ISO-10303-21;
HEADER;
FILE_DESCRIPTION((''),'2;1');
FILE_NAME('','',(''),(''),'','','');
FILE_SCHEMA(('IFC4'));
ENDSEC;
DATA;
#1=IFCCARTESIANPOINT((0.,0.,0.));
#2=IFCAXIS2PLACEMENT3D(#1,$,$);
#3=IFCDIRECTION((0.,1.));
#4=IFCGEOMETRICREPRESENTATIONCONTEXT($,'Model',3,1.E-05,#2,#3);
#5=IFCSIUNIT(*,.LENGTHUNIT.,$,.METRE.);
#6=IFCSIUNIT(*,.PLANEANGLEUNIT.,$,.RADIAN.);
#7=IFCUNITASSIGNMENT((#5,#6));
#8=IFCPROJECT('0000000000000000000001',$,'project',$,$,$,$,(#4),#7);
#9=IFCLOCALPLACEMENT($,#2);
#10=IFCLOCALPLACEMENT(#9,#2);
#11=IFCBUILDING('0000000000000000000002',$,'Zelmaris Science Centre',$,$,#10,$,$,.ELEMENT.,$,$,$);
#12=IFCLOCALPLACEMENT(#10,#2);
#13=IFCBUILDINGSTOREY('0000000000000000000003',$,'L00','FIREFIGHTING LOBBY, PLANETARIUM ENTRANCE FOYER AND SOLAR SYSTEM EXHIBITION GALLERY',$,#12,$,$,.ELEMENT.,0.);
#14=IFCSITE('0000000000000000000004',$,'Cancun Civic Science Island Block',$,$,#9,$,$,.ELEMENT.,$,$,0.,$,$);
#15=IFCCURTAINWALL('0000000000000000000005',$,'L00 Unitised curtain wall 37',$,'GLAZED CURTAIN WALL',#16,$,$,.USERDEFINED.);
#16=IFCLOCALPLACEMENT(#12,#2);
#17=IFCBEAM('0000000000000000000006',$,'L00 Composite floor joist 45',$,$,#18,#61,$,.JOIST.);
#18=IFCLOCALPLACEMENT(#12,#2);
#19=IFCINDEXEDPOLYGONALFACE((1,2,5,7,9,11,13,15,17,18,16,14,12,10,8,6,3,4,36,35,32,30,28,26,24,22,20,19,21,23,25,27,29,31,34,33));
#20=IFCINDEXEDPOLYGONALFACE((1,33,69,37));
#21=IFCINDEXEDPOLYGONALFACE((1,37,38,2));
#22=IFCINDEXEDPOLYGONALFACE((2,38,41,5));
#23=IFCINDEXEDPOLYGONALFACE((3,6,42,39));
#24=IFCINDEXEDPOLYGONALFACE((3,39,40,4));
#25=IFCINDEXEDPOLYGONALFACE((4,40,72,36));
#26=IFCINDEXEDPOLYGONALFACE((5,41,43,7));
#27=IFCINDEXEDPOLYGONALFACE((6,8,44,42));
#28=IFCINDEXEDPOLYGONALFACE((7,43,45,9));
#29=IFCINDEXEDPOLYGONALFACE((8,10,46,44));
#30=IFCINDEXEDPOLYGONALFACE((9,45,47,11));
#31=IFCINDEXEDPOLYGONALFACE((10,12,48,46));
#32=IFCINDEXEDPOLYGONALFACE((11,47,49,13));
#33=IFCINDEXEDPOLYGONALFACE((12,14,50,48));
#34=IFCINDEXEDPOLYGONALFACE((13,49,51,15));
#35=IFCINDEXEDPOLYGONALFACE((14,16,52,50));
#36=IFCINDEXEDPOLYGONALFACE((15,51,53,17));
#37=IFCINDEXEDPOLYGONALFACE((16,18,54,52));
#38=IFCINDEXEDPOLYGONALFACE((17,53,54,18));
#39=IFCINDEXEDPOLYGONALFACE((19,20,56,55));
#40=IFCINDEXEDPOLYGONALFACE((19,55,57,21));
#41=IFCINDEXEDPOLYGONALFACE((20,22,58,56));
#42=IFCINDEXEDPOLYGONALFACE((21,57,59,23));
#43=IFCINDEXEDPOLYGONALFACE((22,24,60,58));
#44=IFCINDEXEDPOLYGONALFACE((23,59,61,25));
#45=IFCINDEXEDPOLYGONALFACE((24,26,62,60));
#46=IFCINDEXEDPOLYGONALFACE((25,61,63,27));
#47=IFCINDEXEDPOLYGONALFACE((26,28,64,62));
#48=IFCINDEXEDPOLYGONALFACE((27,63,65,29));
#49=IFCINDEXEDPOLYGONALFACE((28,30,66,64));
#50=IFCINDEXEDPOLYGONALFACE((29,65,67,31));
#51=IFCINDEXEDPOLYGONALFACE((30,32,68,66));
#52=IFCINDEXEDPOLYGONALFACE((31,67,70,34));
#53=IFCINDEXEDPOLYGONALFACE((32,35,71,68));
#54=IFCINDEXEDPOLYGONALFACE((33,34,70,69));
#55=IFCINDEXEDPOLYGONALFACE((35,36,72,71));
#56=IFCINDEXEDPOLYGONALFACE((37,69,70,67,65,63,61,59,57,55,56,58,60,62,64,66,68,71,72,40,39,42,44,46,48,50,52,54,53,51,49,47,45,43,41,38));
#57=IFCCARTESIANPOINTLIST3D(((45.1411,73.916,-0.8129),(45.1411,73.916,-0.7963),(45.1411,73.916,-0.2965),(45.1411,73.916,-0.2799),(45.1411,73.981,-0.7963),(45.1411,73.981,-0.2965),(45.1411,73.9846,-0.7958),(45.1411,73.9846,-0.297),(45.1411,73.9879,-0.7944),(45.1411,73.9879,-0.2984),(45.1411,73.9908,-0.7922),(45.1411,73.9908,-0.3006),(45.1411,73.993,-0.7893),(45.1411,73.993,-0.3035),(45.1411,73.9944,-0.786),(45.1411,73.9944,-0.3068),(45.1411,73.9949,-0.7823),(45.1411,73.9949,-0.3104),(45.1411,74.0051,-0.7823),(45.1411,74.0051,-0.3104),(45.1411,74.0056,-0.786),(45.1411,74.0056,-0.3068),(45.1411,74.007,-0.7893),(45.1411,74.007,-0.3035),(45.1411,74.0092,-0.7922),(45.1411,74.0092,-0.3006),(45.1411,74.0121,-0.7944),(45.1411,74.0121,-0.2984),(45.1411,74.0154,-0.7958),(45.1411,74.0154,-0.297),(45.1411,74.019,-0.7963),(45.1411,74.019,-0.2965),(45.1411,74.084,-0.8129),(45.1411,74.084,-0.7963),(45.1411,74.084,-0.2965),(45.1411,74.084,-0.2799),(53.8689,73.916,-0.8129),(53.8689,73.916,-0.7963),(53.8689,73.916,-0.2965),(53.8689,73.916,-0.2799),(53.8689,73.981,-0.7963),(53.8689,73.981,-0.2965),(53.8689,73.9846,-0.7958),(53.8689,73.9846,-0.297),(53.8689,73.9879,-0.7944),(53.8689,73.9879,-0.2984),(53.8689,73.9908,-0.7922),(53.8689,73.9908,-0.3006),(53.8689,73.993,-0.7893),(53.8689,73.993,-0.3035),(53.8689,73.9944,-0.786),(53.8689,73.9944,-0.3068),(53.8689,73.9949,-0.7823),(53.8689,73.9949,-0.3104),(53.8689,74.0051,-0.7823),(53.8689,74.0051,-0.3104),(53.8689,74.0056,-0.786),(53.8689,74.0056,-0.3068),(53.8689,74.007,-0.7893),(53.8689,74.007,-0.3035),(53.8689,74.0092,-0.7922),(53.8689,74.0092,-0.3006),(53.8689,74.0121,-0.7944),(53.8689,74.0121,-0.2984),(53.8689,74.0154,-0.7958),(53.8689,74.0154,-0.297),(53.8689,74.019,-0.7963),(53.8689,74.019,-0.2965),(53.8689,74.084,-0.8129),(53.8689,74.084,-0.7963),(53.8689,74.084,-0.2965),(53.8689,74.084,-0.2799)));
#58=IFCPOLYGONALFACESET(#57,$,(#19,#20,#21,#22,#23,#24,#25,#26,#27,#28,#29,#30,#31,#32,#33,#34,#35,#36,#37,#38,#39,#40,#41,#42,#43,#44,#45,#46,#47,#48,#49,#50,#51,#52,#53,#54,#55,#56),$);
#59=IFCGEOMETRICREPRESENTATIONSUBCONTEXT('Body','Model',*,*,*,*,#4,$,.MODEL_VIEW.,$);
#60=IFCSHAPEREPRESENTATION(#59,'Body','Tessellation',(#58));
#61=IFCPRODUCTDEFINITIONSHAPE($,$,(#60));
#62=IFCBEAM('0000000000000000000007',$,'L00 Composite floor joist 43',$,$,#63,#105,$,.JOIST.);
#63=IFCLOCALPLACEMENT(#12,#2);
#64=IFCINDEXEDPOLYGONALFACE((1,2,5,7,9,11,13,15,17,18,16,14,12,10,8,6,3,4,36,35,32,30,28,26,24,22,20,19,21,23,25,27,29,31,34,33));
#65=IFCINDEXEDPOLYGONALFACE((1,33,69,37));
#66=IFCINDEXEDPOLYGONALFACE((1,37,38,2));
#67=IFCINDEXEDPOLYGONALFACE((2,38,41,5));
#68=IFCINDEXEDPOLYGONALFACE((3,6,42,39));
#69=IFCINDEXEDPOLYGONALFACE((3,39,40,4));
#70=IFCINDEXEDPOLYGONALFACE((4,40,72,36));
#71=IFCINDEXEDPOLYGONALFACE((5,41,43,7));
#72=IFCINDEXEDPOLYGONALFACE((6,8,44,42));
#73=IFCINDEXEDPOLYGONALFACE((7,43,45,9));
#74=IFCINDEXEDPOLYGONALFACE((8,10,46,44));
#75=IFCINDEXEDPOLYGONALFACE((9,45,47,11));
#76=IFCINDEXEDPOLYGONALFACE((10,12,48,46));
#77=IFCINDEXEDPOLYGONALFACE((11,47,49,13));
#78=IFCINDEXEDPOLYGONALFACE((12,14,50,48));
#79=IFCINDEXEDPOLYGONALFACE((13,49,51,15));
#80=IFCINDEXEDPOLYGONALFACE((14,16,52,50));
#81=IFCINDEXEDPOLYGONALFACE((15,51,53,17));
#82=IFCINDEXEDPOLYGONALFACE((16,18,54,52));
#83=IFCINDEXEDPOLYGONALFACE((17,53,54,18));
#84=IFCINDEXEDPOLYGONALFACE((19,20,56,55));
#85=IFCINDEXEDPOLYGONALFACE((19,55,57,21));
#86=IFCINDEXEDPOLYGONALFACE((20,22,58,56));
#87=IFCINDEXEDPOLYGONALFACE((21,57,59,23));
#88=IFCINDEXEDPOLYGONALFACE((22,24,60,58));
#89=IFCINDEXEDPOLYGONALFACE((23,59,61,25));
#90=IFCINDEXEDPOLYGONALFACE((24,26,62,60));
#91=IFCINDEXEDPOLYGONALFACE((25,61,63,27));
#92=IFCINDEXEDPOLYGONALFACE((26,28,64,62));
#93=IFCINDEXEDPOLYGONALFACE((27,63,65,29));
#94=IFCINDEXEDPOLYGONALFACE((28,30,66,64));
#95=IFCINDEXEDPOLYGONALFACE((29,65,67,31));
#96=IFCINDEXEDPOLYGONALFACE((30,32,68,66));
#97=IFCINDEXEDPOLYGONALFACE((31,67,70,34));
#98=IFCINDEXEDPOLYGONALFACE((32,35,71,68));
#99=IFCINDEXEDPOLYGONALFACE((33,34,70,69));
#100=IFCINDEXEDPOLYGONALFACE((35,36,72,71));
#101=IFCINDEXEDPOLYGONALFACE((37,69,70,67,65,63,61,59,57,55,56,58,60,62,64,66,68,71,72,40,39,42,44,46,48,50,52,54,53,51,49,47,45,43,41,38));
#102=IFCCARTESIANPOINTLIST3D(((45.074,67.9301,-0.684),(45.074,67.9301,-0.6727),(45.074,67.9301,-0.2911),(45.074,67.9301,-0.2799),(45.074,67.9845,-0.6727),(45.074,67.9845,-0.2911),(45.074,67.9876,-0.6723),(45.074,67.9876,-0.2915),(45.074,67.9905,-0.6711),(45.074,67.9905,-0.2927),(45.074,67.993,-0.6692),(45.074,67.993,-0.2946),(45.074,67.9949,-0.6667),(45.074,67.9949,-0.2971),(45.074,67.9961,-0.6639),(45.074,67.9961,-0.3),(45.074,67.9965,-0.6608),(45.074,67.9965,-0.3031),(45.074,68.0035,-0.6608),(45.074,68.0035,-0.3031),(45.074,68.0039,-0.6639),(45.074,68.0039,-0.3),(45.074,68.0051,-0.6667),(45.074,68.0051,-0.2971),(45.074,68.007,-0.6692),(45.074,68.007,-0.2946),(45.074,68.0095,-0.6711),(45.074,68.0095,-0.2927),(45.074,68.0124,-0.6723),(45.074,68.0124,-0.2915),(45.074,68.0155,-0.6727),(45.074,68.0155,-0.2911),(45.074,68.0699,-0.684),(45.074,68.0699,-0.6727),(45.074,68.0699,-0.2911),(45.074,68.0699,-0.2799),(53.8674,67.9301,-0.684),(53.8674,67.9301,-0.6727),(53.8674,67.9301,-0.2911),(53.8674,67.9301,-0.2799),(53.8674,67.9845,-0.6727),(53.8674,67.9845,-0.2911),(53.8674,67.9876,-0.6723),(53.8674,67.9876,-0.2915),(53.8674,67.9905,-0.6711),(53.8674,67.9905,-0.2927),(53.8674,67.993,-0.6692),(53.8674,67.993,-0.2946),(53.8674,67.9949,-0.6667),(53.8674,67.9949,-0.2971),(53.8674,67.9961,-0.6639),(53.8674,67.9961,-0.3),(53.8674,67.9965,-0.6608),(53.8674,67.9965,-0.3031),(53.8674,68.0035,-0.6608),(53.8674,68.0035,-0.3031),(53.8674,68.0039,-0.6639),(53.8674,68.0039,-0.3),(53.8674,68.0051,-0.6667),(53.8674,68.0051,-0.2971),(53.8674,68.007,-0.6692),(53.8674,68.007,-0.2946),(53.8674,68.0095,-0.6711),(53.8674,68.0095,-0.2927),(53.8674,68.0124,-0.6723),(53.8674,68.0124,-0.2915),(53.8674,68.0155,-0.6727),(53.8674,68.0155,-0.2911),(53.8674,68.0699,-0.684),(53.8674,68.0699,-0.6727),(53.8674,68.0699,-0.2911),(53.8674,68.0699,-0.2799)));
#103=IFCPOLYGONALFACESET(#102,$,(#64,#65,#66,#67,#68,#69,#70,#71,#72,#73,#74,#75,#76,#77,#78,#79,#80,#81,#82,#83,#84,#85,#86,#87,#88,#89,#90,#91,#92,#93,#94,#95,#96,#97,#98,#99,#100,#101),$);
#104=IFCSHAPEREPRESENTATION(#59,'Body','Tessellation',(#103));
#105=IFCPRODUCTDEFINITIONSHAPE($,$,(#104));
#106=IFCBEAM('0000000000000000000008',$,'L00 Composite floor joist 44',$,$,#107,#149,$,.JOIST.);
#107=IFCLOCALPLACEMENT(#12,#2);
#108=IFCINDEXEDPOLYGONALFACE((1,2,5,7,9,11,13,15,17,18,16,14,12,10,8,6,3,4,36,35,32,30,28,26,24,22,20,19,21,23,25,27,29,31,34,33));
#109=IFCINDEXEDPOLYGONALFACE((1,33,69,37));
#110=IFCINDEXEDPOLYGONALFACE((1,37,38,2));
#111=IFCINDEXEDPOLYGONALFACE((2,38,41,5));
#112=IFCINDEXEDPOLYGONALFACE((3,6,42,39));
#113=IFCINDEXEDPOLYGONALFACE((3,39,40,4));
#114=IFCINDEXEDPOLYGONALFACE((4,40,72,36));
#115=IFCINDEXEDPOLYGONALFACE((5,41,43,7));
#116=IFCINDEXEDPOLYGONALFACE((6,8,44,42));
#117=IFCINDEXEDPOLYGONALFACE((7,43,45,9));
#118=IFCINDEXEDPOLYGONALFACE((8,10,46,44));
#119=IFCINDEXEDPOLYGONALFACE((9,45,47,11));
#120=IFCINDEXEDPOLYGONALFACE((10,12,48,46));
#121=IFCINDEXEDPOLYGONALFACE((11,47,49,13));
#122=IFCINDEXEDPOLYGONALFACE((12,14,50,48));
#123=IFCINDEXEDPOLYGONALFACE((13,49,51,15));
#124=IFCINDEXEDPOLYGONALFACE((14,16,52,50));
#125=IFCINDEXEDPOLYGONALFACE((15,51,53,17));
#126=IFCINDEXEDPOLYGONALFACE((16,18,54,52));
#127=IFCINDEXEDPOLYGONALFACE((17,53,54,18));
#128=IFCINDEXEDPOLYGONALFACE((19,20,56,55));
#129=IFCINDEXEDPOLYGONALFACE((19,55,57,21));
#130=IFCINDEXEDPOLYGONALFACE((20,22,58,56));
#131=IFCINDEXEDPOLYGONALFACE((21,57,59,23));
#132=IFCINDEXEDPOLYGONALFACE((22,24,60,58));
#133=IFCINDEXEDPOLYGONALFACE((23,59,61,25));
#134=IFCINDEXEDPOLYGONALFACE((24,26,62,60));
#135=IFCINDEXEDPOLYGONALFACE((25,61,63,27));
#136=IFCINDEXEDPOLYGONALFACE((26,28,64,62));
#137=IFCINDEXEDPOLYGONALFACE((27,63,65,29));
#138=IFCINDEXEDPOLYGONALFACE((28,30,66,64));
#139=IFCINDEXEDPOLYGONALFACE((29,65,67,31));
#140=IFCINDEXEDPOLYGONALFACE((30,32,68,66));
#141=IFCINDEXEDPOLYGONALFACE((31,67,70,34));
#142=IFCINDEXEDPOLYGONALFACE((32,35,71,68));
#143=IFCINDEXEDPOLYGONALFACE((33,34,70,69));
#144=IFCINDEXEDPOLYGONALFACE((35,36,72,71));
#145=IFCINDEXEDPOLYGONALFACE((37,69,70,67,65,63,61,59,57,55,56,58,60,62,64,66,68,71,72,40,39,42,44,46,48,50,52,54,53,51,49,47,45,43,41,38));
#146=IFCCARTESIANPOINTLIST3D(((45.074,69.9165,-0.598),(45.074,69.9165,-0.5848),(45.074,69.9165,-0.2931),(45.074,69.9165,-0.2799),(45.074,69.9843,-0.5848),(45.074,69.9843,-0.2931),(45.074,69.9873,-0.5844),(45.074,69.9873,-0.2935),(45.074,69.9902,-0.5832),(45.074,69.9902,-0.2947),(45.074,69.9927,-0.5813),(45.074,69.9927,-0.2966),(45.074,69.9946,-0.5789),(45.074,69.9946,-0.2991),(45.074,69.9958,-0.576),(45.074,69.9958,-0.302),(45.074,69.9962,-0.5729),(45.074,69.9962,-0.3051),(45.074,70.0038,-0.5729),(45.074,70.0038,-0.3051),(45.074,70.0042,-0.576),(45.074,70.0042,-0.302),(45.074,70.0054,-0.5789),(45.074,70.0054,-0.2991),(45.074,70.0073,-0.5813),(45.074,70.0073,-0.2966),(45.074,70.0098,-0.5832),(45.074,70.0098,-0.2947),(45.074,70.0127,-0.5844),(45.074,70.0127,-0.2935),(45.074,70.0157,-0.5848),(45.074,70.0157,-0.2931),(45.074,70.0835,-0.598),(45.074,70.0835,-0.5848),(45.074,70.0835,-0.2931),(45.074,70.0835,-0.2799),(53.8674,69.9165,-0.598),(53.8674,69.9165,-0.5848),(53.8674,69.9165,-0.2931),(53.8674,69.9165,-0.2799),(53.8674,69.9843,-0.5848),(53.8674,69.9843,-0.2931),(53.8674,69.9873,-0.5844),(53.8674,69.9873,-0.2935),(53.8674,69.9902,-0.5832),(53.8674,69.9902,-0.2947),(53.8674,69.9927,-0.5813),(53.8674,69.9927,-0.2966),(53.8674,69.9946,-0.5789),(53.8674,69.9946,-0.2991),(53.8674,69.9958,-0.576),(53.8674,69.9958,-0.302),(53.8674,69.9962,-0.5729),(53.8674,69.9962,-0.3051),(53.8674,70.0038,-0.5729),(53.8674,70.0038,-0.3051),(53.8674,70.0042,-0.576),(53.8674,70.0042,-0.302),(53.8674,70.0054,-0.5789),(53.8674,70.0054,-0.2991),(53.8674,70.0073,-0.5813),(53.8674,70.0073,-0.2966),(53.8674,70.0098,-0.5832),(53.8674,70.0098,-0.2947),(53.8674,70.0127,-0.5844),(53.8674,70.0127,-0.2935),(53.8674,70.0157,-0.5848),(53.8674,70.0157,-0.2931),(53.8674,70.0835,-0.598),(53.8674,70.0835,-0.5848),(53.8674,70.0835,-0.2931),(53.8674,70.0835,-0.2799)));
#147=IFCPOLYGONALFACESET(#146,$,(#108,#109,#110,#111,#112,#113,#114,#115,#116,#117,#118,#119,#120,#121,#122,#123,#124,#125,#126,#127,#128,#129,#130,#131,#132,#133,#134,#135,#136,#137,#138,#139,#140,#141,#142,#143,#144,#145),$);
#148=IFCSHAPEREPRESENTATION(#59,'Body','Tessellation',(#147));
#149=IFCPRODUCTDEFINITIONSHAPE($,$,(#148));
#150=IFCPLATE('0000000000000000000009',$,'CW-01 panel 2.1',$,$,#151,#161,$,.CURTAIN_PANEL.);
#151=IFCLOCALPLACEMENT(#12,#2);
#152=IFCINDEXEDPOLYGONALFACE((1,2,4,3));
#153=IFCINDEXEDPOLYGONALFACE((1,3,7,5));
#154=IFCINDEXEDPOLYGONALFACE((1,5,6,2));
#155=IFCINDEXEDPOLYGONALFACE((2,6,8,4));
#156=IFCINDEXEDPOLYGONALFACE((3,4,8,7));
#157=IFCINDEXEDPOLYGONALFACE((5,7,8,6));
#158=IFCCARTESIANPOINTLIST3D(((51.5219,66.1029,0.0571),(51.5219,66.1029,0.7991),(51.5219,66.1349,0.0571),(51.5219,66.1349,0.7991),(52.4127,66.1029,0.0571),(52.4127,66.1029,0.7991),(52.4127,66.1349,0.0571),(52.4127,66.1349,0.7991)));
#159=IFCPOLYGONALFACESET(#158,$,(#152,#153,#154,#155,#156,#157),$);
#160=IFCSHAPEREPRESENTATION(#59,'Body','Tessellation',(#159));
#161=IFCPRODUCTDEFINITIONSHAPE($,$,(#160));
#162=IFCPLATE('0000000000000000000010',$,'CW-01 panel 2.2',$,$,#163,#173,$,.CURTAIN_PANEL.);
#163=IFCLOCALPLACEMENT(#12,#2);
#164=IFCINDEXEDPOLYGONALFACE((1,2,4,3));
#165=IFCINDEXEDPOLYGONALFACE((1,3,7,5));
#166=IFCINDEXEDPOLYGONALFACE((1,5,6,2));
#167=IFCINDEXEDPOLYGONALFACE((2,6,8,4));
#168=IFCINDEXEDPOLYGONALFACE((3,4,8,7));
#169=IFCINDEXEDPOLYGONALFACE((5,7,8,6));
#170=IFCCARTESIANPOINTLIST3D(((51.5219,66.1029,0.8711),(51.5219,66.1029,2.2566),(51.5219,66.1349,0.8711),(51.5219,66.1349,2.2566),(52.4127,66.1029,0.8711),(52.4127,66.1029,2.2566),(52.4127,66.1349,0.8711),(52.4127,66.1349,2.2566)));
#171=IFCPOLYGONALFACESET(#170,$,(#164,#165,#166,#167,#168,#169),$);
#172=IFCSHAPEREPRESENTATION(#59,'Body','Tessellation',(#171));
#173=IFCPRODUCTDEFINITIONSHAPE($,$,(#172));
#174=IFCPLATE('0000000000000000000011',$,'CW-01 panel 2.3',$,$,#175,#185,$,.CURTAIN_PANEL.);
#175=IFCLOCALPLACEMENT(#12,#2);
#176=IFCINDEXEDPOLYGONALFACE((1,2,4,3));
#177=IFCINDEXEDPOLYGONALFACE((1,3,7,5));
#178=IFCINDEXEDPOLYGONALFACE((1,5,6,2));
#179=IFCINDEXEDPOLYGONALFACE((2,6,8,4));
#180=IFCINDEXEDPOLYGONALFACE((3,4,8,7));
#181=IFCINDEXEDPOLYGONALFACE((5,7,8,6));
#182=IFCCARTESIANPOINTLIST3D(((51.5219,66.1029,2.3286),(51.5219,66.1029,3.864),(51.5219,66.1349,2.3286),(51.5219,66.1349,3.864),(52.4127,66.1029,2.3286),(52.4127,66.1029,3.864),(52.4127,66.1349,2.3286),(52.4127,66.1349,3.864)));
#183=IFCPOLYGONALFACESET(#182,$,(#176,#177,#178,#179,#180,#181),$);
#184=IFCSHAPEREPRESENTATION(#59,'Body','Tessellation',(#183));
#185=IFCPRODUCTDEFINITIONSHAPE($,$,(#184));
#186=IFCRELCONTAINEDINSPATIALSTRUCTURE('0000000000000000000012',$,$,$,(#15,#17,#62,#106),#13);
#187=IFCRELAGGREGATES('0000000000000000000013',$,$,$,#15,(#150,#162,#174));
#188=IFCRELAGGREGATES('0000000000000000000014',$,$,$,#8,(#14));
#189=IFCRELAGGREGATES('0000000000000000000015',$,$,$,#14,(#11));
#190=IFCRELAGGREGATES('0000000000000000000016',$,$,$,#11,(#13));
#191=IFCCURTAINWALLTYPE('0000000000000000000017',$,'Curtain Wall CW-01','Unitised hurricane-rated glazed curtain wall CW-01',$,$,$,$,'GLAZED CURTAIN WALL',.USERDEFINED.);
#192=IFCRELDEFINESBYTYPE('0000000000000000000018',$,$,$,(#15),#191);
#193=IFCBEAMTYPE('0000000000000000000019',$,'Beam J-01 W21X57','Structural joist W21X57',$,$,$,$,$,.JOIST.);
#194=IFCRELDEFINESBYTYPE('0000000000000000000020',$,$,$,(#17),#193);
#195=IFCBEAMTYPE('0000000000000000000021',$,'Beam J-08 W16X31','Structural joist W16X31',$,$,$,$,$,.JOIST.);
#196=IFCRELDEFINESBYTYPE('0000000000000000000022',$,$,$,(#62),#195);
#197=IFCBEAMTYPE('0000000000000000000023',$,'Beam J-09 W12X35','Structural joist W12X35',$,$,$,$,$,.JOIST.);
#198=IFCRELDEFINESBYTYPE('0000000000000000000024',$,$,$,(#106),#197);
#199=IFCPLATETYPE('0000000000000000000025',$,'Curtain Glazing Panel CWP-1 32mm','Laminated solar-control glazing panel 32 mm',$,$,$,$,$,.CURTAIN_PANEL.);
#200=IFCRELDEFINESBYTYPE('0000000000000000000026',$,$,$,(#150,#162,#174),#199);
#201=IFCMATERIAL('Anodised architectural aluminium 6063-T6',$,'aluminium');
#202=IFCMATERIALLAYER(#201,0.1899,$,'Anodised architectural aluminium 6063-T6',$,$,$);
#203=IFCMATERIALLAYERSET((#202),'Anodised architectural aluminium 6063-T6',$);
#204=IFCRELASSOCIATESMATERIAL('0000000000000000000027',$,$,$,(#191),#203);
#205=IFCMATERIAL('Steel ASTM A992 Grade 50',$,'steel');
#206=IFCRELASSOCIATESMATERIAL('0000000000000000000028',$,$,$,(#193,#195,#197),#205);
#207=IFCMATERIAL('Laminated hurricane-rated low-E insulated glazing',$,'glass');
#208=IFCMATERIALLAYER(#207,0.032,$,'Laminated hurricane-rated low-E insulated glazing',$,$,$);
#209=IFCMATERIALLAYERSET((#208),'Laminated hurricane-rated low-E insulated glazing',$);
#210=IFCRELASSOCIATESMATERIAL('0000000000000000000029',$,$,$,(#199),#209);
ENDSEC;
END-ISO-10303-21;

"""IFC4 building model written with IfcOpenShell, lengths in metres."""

from ifc_helpers import new_model, si_unit, direction, frame, origin, origin_2d, place, context, subcontext, project, spatial, rectangle, i_section, extrude, material, layer, layer_set, material_profile, profile_set, type_object, element, aggregate, save


model = new_model("IFC4")

# Units and contexts
model_context = context("Model", 3, precision=1e-05, world=origin(), true_north=direction((0.0, 1.0)))
body_context = subcontext(model_context, "Body", "Model", "MODEL_VIEW")
ifc_project = project(units=[si_unit("LENGTHUNIT", "METRE"), si_unit("PLANEANGLEUNIT", "RADIAN")], contexts=[model_context])

# Site, building, storey
site_placement = place(None, origin())
site = spatial("IfcSite", under=ifc_project, at=site_placement, Name="Cancun Civic Science Island Block", CompositionType="ELEMENT", RefElevation=0.0)
building_placement = place(site_placement, origin())
building = spatial("IfcBuilding", under=site, at=building_placement, Name="Zelmaris Science Centre", CompositionType="ELEMENT")
storey_placement = place(building_placement, origin())
storey = spatial("IfcBuildingStorey", under=building, at=storey_placement, Name="L00", Description="FIREFIGHTING LOBBY, PLANETARIUM ENTRANCE FOYER AND SOLAR SYSTEM EXHIBITION GALLERY", CompositionType="ELEMENT", Elevation=0.0)

# Curtain wall
ifc_material_1 = material(Name="Anodised architectural aluminium 6063-T6", Category="aluminium")
ifc_layer_1 = layer(ifc_material_1, 0.1899, Name="Anodised architectural aluminium 6063-T6")
ifc_layer_set_1 = layer_set([ifc_layer_1], Name="Anodised architectural aluminium 6063-T6")
curtain_wall_type = type_object("IfcCurtainWallType", Name="Curtain Wall CW-01", Description="Unitised hurricane-rated glazed curtain wall CW-01", ElementType="GLAZED CURTAIN WALL", PredefinedType="USERDEFINED", material=ifc_layer_set_1)
curtain_wall_placement = place(storey_placement, origin())
curtain_wall = element("IfcCurtainWall", 1, at=curtain_wall_placement, inside=storey, type_object=curtain_wall_type, Name="L00 Unitised curtain wall 37", ObjectType="GLAZED CURTAIN WALL", PredefinedType="USERDEFINED")

# Beams
ifc_material_2 = material(Name="Steel ASTM A992 Grade 50", Category="steel")
ifc_material_profile_1 = material_profile(ifc_material_2, i_section(OverallWidth=0.168, OverallDepth=0.533, WebThickness=0.0103, FlangeThickness=0.0166, FilletRadius=0.0139, at=origin_2d()), Name="W21X57")
ifc_profile_set_1 = profile_set([ifc_material_profile_1], Name="Steel ASTM A992 Grade 50")
beam_type_1 = type_object("IfcBeamType", Name="Beam J-01 W21X57", Description="Structural joist W21X57", PredefinedType="JOIST", material=ifc_profile_set_1)
beam_1_placement = place(storey_placement, frame((45.1411, 74.0, -0.5464), z_axis=(1.0, 0.0, 0.0), x_axis=(0.0, 1.0, 0.0)))
element("IfcBeam", 2, at=beam_1_placement, inside=storey, type_object=beam_type_1, Name="L00 Composite floor joist 45", PredefinedType="JOIST", context=body_context, shape_type="SweptSolid", body=[
    extrude(i_section(OverallWidth=0.168, OverallDepth=0.533, WebThickness=0.0103, FlangeThickness=0.0166, FilletRadius=0.0139, at=origin_2d()), origin(), (0.0, 0.0, 1.0), 8.7278),
])
ifc_material_profile_2 = material_profile(ifc_material_2, i_section(OverallWidth=0.1399, OverallDepth=0.4041, WebThickness=0.0071, FlangeThickness=0.0112, FilletRadius=0.012, at=origin_2d()), Name="W16X31")
ifc_profile_set_2 = profile_set([ifc_material_profile_2], Name="Steel ASTM A992 Grade 50")
beam_type_2 = type_object("IfcBeamType", Name="Beam J-08 W16X31", Description="Structural joist W16X31", PredefinedType="JOIST", material=ifc_profile_set_2)
beam_2_placement = place(storey_placement, frame((45.074, 68.0, -0.4819), z_axis=(1.0, 0.0, 0.0), x_axis=(0.0, 1.0, 0.0)))
element("IfcBeam", 3, at=beam_2_placement, inside=storey, type_object=beam_type_2, Name="L00 Composite floor joist 43", PredefinedType="JOIST", context=body_context, shape_type="SweptSolid", body=[
    extrude(i_section(OverallWidth=0.1399, OverallDepth=0.4041, WebThickness=0.0071, FlangeThickness=0.0112, FilletRadius=0.012, at=origin_2d()), origin(), (0.0, 0.0, 1.0), 8.7935),
])
ifc_material_profile_3 = material_profile(ifc_material_2, i_section(OverallWidth=0.167, OverallDepth=0.3181, WebThickness=0.0076, FlangeThickness=0.0132, FilletRadius=0.012, at=origin_2d()), Name="W12X35")
ifc_profile_set_3 = profile_set([ifc_material_profile_3], Name="Steel ASTM A992 Grade 50")
beam_type_3 = type_object("IfcBeamType", Name="Beam J-09 W12X35", Description="Structural joist W12X35", PredefinedType="JOIST", material=ifc_profile_set_3)
beam_3_placement = place(storey_placement, frame((45.074, 70.0, -0.439), z_axis=(1.0, 0.0, 0.0), x_axis=(0.0, 1.0, 0.0)))
element("IfcBeam", 4, at=beam_3_placement, inside=storey, type_object=beam_type_3, Name="L00 Composite floor joist 44", PredefinedType="JOIST", context=body_context, shape_type="SweptSolid", body=[
    extrude(i_section(OverallWidth=0.167, OverallDepth=0.3181, WebThickness=0.0076, FlangeThickness=0.0132, FilletRadius=0.012, at=origin_2d()), origin(), (0.0, 0.0, 1.0), 8.7935),
])

# Plates
ifc_material_3 = material(Name="Laminated hurricane-rated low-E insulated glazing", Category="glass")
ifc_layer_2 = layer(ifc_material_3, 0.032, Name="Laminated hurricane-rated low-E insulated glazing")
ifc_layer_set_2 = layer_set([ifc_layer_2], Name="Laminated hurricane-rated low-E insulated glazing")
plate_type = type_object("IfcPlateType", Name="Curtain Glazing Panel CWP-1 32mm", Description="Laminated solar-control glazing panel 32 mm", PredefinedType="CURTAIN_PANEL", material=ifc_layer_set_2)
plate_1_placement = place(storey_placement, frame((51.9673, 66.1189, 0.0571), z_axis=(0.0, 0.0, 1.0), x_axis=(-1.0, 0.0, 0.0)))
plate_1 = element("IfcPlate", 5, at=plate_1_placement, type_object=plate_type, Name="CW-01 panel 2.1", PredefinedType="CURTAIN_PANEL", context=body_context, shape_type="SweptSolid", body=[
    extrude(rectangle(XDim=0.8909, YDim=0.032, at=origin_2d()), origin(), (0.0, 0.0, 1.0), 0.7419),
])
plate_2_placement = place(storey_placement, frame((51.9673, 66.1189, 0.8711), z_axis=(0.0, 0.0, 1.0), x_axis=(-1.0, 0.0, 0.0)))
plate_2 = element("IfcPlate", 6, at=plate_2_placement, type_object=plate_type, Name="CW-01 panel 2.2", PredefinedType="CURTAIN_PANEL", context=body_context, shape_type="SweptSolid", body=[
    extrude(rectangle(XDim=0.8909, YDim=0.032, at=origin_2d()), origin(), (0.0, 0.0, 1.0), 1.3855),
])
plate_3_placement = place(storey_placement, frame((51.9673, 66.1189, 2.3286), z_axis=(0.0, 0.0, 1.0), x_axis=(-1.0, 0.0, 0.0)))
plate_3 = element("IfcPlate", 7, at=plate_3_placement, type_object=plate_type, Name="CW-01 panel 2.3", PredefinedType="CURTAIN_PANEL", context=body_context, shape_type="SweptSolid", body=[
    extrude(rectangle(XDim=0.8909, YDim=0.032, at=origin_2d()), origin(), (0.0, 0.0, 1.0), 1.5354),
])
aggregate(curtain_wall, [plate_1, plate_2, plate_3])

save(model, "model.ifc")
